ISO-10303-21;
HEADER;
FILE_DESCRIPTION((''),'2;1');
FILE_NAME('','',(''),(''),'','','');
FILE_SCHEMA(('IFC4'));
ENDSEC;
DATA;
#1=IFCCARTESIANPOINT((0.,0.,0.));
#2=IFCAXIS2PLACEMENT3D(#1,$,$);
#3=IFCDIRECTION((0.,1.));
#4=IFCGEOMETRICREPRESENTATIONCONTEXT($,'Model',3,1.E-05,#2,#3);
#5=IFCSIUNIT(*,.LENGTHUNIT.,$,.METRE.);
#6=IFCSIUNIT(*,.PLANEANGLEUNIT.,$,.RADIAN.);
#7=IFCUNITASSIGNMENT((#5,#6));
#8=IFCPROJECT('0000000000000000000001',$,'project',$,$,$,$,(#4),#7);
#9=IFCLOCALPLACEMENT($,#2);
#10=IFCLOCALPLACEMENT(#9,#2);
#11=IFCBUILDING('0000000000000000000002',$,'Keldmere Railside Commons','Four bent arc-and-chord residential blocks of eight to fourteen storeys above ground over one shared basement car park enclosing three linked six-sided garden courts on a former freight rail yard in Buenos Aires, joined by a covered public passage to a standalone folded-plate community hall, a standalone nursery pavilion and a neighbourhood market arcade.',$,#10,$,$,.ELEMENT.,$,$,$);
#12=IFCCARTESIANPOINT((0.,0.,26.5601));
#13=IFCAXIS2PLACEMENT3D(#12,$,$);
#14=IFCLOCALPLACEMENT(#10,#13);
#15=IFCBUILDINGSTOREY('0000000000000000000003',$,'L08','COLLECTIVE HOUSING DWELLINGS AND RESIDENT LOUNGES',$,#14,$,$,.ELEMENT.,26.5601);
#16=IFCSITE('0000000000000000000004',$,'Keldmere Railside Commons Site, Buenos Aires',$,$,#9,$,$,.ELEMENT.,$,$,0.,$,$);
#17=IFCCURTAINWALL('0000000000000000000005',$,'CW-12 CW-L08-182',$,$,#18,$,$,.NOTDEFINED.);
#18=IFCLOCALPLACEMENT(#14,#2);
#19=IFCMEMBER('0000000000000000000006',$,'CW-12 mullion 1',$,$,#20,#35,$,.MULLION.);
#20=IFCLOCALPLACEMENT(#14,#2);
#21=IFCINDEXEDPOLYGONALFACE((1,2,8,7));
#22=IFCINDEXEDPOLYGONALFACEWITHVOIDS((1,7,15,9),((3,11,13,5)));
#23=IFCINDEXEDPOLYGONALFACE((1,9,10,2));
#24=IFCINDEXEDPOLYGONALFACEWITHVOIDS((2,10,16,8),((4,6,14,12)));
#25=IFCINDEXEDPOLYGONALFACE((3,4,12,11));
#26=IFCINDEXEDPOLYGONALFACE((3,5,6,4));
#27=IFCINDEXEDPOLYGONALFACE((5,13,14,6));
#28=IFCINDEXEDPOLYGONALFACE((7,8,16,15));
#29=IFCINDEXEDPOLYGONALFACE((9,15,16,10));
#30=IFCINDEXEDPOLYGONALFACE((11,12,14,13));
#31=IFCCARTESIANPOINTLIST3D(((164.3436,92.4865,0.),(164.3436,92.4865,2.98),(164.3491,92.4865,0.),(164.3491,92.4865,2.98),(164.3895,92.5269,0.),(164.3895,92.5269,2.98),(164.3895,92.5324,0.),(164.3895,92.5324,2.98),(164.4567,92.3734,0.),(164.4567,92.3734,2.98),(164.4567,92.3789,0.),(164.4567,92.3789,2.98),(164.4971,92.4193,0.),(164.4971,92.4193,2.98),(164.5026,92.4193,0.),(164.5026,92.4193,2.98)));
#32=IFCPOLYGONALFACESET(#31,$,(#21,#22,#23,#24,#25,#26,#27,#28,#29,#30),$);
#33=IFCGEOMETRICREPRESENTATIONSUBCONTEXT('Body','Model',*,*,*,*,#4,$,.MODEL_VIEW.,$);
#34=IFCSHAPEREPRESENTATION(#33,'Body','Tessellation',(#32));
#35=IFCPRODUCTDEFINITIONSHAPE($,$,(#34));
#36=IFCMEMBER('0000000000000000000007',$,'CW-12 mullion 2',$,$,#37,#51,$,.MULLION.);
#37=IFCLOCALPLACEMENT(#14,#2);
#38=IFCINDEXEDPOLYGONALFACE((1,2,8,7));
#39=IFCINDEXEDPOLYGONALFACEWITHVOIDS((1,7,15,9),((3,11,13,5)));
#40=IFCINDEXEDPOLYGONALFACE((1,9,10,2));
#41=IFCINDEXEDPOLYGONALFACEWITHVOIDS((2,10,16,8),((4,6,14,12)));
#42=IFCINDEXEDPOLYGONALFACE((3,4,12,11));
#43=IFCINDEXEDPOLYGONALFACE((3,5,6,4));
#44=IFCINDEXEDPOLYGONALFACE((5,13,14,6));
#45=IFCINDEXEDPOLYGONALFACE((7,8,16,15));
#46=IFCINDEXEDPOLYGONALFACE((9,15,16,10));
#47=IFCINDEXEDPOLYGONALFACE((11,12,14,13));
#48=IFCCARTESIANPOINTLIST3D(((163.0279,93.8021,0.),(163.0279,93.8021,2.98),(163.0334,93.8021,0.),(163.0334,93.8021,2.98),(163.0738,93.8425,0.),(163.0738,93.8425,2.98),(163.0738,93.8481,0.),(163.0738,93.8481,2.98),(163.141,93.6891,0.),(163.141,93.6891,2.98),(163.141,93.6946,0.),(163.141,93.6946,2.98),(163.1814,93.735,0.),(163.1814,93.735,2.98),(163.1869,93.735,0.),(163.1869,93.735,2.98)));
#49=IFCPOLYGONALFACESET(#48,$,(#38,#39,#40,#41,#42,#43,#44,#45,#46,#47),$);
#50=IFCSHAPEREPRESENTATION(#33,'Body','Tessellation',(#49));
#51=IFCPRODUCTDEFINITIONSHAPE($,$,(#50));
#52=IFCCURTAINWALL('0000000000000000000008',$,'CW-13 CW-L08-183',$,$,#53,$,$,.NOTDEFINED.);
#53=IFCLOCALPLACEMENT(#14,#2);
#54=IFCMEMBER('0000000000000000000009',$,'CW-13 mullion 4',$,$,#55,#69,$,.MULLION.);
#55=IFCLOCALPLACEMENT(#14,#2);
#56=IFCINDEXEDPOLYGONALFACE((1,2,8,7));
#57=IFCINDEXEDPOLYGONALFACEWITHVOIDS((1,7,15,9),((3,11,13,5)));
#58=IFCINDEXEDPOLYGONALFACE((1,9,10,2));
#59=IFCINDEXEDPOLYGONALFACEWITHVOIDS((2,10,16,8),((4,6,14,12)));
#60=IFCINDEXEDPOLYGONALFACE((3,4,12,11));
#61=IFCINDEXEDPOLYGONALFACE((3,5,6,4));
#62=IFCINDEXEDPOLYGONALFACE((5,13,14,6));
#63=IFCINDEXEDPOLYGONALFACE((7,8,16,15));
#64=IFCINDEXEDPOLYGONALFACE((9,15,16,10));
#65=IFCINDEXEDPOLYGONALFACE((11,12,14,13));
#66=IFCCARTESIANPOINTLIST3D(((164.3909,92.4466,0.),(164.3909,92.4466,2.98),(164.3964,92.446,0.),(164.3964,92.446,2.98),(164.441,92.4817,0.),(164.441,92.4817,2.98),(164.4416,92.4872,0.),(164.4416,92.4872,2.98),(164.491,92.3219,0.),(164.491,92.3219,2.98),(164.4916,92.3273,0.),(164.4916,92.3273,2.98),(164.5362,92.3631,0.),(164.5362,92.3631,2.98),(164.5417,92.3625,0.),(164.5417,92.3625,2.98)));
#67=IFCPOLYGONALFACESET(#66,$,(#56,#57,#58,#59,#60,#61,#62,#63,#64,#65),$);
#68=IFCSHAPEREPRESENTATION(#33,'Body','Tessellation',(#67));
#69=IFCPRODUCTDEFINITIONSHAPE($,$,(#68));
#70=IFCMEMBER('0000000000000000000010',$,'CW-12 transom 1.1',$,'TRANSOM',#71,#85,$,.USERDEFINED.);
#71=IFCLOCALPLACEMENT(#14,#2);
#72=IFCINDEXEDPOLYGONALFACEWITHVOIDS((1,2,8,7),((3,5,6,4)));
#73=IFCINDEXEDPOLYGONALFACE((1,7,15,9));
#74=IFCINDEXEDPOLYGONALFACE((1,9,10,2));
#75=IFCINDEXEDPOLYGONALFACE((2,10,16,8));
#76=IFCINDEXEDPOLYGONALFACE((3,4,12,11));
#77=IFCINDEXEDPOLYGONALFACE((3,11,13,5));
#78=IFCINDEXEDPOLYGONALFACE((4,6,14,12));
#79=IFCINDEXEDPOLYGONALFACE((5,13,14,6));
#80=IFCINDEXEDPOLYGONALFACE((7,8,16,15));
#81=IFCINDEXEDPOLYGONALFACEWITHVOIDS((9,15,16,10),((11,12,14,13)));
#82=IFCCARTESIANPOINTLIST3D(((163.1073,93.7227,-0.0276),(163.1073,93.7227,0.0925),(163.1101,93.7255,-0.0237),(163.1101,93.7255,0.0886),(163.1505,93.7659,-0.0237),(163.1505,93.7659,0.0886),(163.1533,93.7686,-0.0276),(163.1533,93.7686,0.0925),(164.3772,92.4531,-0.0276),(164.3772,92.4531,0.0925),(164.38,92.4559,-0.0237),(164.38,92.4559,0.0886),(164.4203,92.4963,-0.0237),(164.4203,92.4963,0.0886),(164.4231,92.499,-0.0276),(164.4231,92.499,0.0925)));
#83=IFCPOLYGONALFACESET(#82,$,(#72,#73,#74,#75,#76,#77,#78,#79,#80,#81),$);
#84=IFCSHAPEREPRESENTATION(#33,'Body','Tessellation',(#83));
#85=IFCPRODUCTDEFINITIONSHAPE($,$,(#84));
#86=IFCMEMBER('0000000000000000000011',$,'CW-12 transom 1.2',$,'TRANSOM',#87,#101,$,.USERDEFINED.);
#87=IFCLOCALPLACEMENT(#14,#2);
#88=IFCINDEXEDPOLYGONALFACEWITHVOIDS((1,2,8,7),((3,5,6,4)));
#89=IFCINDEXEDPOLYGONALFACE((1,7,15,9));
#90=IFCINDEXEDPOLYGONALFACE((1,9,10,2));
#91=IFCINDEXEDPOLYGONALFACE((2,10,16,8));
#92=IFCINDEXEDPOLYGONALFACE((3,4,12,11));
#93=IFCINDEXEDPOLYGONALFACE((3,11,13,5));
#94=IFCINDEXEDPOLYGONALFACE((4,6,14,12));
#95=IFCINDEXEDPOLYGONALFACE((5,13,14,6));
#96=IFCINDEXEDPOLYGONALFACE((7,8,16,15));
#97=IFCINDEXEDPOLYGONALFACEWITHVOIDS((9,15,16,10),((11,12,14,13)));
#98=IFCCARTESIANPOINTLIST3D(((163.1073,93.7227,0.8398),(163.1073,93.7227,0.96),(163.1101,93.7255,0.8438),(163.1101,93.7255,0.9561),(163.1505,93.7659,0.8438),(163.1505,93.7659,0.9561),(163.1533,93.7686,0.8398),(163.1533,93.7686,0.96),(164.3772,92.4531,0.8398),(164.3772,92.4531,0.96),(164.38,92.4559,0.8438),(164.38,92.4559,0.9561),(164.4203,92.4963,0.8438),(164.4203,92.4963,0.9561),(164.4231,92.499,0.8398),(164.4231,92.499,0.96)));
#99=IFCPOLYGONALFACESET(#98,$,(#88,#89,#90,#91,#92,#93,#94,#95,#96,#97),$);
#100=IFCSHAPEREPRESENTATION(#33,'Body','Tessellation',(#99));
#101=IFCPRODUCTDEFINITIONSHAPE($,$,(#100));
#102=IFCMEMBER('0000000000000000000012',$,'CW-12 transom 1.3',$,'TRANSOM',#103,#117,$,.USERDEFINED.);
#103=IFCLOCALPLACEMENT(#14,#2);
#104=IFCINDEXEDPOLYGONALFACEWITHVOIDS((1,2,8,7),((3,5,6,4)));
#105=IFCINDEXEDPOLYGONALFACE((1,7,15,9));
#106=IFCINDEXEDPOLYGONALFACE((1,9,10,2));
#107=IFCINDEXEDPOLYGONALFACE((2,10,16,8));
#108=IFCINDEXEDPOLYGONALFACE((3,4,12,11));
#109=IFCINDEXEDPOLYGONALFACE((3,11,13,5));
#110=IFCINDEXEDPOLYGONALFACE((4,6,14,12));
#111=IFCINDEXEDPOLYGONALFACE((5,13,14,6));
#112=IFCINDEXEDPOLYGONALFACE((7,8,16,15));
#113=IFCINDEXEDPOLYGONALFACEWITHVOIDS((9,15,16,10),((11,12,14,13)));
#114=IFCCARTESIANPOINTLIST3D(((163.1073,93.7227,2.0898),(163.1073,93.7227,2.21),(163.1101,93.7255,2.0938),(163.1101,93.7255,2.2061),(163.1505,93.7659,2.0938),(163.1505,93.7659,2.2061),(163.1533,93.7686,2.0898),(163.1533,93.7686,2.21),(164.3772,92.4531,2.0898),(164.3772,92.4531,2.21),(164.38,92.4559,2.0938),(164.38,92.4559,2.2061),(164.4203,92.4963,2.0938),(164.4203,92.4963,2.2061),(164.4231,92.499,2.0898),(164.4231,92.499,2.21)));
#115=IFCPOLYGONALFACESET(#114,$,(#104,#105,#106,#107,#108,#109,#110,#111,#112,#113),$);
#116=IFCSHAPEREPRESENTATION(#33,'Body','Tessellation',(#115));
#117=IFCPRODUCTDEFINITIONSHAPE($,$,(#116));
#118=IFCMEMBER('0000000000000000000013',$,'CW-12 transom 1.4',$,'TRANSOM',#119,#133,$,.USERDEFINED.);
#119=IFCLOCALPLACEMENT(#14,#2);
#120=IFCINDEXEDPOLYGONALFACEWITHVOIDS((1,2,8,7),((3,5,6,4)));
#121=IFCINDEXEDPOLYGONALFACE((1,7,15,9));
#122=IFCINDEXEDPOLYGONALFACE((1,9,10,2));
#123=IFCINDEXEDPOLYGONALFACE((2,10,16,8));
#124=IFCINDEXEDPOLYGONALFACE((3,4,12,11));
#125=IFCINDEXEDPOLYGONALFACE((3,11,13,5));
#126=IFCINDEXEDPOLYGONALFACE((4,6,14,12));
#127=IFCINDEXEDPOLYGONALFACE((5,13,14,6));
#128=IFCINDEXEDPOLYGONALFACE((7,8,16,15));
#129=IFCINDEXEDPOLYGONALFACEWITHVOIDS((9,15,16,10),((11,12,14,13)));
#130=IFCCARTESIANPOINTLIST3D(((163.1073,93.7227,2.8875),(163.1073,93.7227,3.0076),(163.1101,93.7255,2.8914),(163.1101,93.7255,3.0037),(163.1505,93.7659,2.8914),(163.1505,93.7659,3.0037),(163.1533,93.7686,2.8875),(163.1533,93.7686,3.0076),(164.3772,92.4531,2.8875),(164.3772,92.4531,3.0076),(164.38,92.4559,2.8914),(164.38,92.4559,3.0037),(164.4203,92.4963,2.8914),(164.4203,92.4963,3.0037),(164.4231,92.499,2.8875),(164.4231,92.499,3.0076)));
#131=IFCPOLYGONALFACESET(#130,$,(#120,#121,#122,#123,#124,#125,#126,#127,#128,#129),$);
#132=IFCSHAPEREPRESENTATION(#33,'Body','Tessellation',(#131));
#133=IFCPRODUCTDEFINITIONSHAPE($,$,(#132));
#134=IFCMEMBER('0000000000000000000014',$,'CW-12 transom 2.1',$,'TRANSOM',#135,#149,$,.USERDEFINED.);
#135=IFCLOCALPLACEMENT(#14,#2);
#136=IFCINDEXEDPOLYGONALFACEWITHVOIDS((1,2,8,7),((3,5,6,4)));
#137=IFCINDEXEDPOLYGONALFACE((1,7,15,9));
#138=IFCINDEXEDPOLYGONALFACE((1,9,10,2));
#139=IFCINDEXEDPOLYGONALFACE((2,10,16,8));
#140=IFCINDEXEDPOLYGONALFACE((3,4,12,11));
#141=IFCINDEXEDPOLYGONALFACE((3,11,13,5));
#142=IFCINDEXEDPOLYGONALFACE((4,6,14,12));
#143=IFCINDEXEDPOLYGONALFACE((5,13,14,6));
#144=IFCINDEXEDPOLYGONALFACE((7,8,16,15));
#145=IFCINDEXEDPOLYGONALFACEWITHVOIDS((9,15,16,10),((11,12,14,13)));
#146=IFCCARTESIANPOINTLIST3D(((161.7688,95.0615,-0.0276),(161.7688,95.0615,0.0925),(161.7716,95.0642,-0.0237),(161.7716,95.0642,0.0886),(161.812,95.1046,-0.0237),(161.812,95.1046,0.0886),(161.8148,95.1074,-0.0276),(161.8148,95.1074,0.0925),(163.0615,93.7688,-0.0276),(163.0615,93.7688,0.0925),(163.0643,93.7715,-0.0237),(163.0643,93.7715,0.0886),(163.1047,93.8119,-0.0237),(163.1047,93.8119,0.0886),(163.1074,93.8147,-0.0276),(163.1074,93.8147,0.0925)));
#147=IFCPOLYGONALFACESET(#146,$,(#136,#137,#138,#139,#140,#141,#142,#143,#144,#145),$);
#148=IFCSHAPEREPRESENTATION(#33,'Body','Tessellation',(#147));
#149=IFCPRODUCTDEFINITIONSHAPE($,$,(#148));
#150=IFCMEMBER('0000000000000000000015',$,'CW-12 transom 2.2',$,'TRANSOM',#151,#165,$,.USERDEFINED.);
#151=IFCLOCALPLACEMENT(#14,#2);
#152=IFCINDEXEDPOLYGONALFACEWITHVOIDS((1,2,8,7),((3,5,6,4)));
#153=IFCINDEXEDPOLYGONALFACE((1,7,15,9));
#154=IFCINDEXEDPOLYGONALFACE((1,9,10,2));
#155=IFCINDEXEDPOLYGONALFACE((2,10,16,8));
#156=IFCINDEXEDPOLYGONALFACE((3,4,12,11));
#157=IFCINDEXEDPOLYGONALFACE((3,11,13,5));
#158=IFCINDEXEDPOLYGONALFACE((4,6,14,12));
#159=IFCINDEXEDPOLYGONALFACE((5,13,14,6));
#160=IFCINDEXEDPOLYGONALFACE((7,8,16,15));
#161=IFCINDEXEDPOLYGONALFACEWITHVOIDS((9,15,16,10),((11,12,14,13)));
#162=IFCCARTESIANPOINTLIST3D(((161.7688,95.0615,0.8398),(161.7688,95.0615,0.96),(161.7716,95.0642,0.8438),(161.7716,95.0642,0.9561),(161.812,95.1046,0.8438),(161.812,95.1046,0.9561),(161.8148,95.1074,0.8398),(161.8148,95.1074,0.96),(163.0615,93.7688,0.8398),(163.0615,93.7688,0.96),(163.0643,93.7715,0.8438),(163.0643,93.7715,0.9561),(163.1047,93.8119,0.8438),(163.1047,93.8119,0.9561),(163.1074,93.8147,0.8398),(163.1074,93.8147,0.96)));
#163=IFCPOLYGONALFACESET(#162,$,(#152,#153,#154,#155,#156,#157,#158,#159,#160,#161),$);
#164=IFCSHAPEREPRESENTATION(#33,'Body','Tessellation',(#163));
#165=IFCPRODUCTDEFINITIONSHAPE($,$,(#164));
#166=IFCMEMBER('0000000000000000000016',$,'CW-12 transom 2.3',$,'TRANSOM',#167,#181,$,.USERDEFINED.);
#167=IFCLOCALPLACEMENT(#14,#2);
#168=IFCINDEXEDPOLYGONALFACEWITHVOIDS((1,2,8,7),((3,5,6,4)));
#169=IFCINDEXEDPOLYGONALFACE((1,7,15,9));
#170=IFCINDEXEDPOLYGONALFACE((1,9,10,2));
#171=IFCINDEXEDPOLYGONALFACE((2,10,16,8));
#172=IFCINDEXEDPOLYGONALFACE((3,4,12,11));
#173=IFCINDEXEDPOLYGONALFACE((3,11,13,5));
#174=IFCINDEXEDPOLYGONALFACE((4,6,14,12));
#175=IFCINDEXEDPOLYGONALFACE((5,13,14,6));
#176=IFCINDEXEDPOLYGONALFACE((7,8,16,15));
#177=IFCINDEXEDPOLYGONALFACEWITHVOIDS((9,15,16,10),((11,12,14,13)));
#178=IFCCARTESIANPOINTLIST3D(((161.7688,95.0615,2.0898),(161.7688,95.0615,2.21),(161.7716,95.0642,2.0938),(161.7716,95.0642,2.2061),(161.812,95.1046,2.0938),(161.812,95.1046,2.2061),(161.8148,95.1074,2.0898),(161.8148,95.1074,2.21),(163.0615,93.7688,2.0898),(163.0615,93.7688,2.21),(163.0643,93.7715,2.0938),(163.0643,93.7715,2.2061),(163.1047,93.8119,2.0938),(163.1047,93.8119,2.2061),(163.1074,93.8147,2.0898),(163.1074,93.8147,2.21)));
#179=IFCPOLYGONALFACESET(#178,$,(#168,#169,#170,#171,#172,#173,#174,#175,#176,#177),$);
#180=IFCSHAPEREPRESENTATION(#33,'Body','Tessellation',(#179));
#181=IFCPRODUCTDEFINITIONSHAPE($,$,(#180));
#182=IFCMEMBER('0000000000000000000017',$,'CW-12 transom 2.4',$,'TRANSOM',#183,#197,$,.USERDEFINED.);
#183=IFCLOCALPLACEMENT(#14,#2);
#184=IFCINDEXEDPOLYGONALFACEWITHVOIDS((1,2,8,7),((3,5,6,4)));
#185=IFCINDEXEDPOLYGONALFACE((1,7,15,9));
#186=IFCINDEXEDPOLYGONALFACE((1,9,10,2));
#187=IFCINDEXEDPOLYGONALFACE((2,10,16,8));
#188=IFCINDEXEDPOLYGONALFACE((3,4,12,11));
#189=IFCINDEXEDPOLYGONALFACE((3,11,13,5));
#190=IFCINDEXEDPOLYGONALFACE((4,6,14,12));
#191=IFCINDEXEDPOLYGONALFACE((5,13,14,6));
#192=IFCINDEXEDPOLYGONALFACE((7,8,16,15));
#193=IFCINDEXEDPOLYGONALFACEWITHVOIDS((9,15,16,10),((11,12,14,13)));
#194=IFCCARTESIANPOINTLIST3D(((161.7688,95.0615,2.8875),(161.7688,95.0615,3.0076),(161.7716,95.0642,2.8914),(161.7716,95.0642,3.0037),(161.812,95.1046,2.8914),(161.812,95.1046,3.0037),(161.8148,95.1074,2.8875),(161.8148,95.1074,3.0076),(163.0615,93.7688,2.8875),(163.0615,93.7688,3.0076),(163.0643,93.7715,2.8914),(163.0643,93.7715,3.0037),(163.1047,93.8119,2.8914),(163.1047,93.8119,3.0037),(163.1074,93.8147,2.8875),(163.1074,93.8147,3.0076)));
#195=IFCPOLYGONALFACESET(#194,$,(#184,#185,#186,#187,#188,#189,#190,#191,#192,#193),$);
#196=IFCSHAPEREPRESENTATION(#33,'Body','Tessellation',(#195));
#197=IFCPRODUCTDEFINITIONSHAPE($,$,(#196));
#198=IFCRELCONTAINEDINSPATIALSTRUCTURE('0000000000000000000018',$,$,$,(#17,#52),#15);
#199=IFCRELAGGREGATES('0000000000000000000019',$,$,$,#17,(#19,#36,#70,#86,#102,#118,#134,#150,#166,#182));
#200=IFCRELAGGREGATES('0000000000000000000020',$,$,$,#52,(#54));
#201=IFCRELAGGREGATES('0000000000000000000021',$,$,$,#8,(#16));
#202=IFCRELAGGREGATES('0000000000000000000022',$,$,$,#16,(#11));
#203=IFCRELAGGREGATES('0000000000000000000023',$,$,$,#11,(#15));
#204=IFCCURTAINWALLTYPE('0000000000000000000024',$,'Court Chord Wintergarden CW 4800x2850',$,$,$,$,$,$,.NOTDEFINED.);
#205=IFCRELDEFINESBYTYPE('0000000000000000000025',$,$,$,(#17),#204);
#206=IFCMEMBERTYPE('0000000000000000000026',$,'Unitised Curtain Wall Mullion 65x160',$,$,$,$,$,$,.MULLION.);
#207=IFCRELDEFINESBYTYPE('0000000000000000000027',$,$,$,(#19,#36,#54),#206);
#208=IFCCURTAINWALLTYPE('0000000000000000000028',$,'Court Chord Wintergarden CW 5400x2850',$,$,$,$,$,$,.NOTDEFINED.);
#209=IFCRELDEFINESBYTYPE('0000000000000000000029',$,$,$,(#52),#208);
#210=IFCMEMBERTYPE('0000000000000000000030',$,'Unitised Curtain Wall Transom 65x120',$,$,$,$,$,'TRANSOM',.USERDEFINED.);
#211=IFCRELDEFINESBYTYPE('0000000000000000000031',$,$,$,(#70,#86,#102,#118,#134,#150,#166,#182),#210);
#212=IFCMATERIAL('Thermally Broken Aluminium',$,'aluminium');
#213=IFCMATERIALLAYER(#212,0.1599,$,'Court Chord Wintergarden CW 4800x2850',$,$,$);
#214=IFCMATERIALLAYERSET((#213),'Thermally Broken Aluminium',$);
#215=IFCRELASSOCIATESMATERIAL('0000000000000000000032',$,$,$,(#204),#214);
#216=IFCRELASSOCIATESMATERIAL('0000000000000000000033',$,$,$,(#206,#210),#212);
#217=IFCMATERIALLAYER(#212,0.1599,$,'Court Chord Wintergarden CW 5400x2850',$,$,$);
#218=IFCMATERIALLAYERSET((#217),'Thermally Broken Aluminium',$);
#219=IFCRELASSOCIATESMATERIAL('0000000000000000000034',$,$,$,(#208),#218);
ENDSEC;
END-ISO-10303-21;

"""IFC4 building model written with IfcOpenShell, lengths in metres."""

from ifc_helpers import new_model, si_unit, direction, frame, origin, origin_2d, place, context, subcontext, project, spatial, hollow_rectangle, extrude, material, layer, layer_set, material_profile, profile_set, type_object, element, aggregate, save


model = new_model("IFC4")

# Units and contexts
model_context = context("Model", 3, precision=1e-05, world=origin(), true_north=direction((0.0, 1.0)))
body_context = subcontext(model_context, "Body", "Model", "MODEL_VIEW")
ifc_project = project(units=[si_unit("LENGTHUNIT", "METRE"), si_unit("PLANEANGLEUNIT", "RADIAN")], contexts=[model_context])

# Site, building, storey
site_placement = place(None, origin())
site = spatial("IfcSite", under=ifc_project, at=site_placement, Name="Keldmere Railside Commons Site, Buenos Aires", CompositionType="ELEMENT", RefElevation=0.0)
building_placement = place(site_placement, origin())
building = spatial("IfcBuilding", under=site, at=building_placement, Name="Keldmere Railside Commons", Description="Four bent arc-and-chord residential blocks of eight to fourteen storeys above ground over one shared basement car park enclosing three linked six-sided garden courts on a former freight rail yard in Buenos Aires, joined by a covered public passage to a standalone folded-plate community hall, a standalone nursery pavilion and a neighbourhood market arcade.", CompositionType="ELEMENT")
storey_placement = place(building_placement, frame((0.0, 0.0, 26.5601)))
storey = spatial("IfcBuildingStorey", under=building, at=storey_placement, Name="L08", Description="COLLECTIVE HOUSING DWELLINGS AND RESIDENT LOUNGES", CompositionType="ELEMENT", Elevation=26.5601)

# Curtain wall, members
ifc_material_1 = material(Name="Thermally Broken Aluminium", Category="aluminium")
ifc_layer_1 = layer(ifc_material_1, 0.1599, Name="Court Chord Wintergarden CW 4800x2850")
ifc_layer_set_1 = layer_set([ifc_layer_1], Name="Thermally Broken Aluminium")
curtain_wall_type_1 = type_object("IfcCurtainWallType", Name="Court Chord Wintergarden CW 4800x2850", PredefinedType="NOTDEFINED", material=ifc_layer_set_1)
curtain_wall_1_placement = place(storey_placement, origin())
curtain_wall_1 = element("IfcCurtainWall", 1, at=curtain_wall_1_placement, inside=storey, type_object=curtain_wall_type_1, Name="CW-12 CW-L08-182", PredefinedType="NOTDEFINED")
ifc_material_profile_1 = material_profile(ifc_material_1, hollow_rectangle(XDim=0.0649, YDim=0.1599, WallThickness=0.0039, at=origin_2d()), Name="ALU-MULL-65x160")
ifc_profile_set_1 = profile_set([ifc_material_profile_1], Name="Thermally Broken Aluminium")
member_type_1 = type_object("IfcMemberType", Name="Unitised Curtain Wall Mullion 65x160", PredefinedType="MULLION", material=ifc_profile_set_1)
member_1_placement = place(storey_placement, frame((164.4231, 92.4529, 0.0), z_axis=(0.0, 0.0, 1.0), x_axis=(-0.707107, -0.707107, 0.0)))
member_1 = element("IfcMember", 2, at=member_1_placement, type_object=member_type_1, Name="CW-12 mullion 1", PredefinedType="MULLION", context=body_context, shape_type="SweptSolid", body=[
    extrude(hollow_rectangle(XDim=0.0649, YDim=0.1599, WallThickness=0.0039, at=origin_2d()), origin(), (0.0, 0.0, 1.0), 2.98),
])
member_2_placement = place(storey_placement, frame((163.1074, 93.7686, 0.0), z_axis=(0.0, 0.0, 1.0), x_axis=(-0.707107, -0.707107, 0.0)))
member_2 = element("IfcMember", 3, at=member_2_placement, type_object=member_type_1, Name="CW-12 mullion 2", PredefinedType="MULLION", context=body_context, shape_type="SweptSolid", body=[
    extrude(hollow_rectangle(XDim=0.0649, YDim=0.1599, WallThickness=0.0039, at=origin_2d()), origin(), (0.0, 0.0, 1.0), 2.98),
])

# Curtain wall, member
ifc_layer_2 = layer(ifc_material_1, 0.1599, Name="Court Chord Wintergarden CW 5400x2850")
ifc_layer_set_2 = layer_set([ifc_layer_2], Name="Thermally Broken Aluminium")
curtain_wall_type_2 = type_object("IfcCurtainWallType", Name="Court Chord Wintergarden CW 5400x2850", PredefinedType="NOTDEFINED", material=ifc_layer_set_2)
curtain_wall_2_placement = place(storey_placement, origin())
curtain_wall_2 = element("IfcCurtainWall", 4, at=curtain_wall_2_placement, inside=storey, type_object=curtain_wall_type_2, Name="CW-13 CW-L08-183", PredefinedType="NOTDEFINED")
member_3_placement = place(storey_placement, frame((164.4663, 92.4045, 0.0), z_axis=(0.0, 0.0, 1.0), x_axis=(-0.780009, -0.625768, 0.0)))
member_3 = element("IfcMember", 5, at=member_3_placement, type_object=member_type_1, Name="CW-13 mullion 4", PredefinedType="MULLION", context=body_context, shape_type="SweptSolid", body=[
    extrude(hollow_rectangle(XDim=0.0649, YDim=0.1599, WallThickness=0.0039, at=origin_2d()), origin(), (0.0, 0.0, 1.0), 2.98),
])

# Members
ifc_material_profile_2 = material_profile(ifc_material_1, hollow_rectangle(XDim=0.0649, YDim=0.1201, WallThickness=0.0039, at=origin_2d()), Name="ALU-TRAN-65x120")
ifc_profile_set_2 = profile_set([ifc_material_profile_2], Name="Thermally Broken Aluminium")
member_type_2 = type_object("IfcMemberType", Name="Unitised Curtain Wall Transom 65x120", ElementType="TRANSOM", PredefinedType="USERDEFINED", material=ifc_profile_set_2)
member_4_placement = place(storey_placement, frame((164.4001, 92.4761, 0.0325), z_axis=(-0.707175, 0.707039, 0.0), x_axis=(-0.707039, -0.707175, 0.0)))
member_4 = element("IfcMember", 6, at=member_4_placement, type_object=member_type_2, Name="CW-12 transom 1.1", ObjectType="TRANSOM", PredefinedType="USERDEFINED", context=body_context, shape_type="SweptSolid", body=[
    extrude(hollow_rectangle(XDim=0.0649, YDim=0.1201, WallThickness=0.0039, at=origin_2d()), origin(), (0.0, 0.0, 1.0), 1.7957),
])
member_5_placement = place(storey_placement, frame((164.4001, 92.4761, 0.8999), z_axis=(-0.707175, 0.707039, 0.0), x_axis=(-0.707039, -0.707175, 0.0)))
member_5 = element("IfcMember", 7, at=member_5_placement, type_object=member_type_2, Name="CW-12 transom 1.2", ObjectType="TRANSOM", PredefinedType="USERDEFINED", context=body_context, shape_type="SweptSolid", body=[
    extrude(hollow_rectangle(XDim=0.0649, YDim=0.1201, WallThickness=0.0039, at=origin_2d()), origin(), (0.0, 0.0, 1.0), 1.7957),
])
member_6_placement = place(storey_placement, frame((164.4001, 92.4761, 2.1499), z_axis=(-0.707175, 0.707039, 0.0), x_axis=(-0.707039, -0.707175, 0.0)))
member_6 = element("IfcMember", 8, at=member_6_placement, type_object=member_type_2, Name="CW-12 transom 1.3", ObjectType="TRANSOM", PredefinedType="USERDEFINED", context=body_context, shape_type="SweptSolid", body=[
    extrude(hollow_rectangle(XDim=0.0649, YDim=0.1201, WallThickness=0.0039, at=origin_2d()), origin(), (0.0, 0.0, 1.0), 1.7957),
])
member_7_placement = place(storey_placement, frame((164.4001, 92.4761, 2.9475), z_axis=(-0.707175, 0.707039, 0.0), x_axis=(-0.707039, -0.707175, 0.0)))
member_7 = element("IfcMember", 9, at=member_7_placement, type_object=member_type_2, Name="CW-12 transom 1.4", ObjectType="TRANSOM", PredefinedType="USERDEFINED", context=body_context, shape_type="SweptSolid", body=[
    extrude(hollow_rectangle(XDim=0.0649, YDim=0.1201, WallThickness=0.0039, at=origin_2d()), origin(), (0.0, 0.0, 1.0), 1.7957),
])
member_8_placement = place(storey_placement, frame((163.0845, 93.7917, 0.0325), z_axis=(-0.707107, 0.707107, 0.0), x_axis=(-0.707107, -0.707107, 0.0)))
member_8 = element("IfcMember", 10, at=member_8_placement, type_object=member_type_2, Name="CW-12 transom 2.1", ObjectType="TRANSOM", PredefinedType="USERDEFINED", context=body_context, shape_type="SweptSolid", body=[
    extrude(hollow_rectangle(XDim=0.0649, YDim=0.1201, WallThickness=0.0039, at=origin_2d()), origin(), (0.0, 0.0, 1.0), 1.8281),
])
member_9_placement = place(storey_placement, frame((163.0845, 93.7917, 0.8999), z_axis=(-0.707107, 0.707107, 0.0), x_axis=(-0.707107, -0.707107, 0.0)))
member_9 = element("IfcMember", 11, at=member_9_placement, type_object=member_type_2, Name="CW-12 transom 2.2", ObjectType="TRANSOM", PredefinedType="USERDEFINED", context=body_context, shape_type="SweptSolid", body=[
    extrude(hollow_rectangle(XDim=0.0649, YDim=0.1201, WallThickness=0.0039, at=origin_2d()), origin(), (0.0, 0.0, 1.0), 1.8281),
])
member_10_placement = place(storey_placement, frame((163.0845, 93.7917, 2.1499), z_axis=(-0.707107, 0.707107, 0.0), x_axis=(-0.707107, -0.707107, 0.0)))
member_10 = element("IfcMember", 12, at=member_10_placement, type_object=member_type_2, Name="CW-12 transom 2.3", ObjectType="TRANSOM", PredefinedType="USERDEFINED", context=body_context, shape_type="SweptSolid", body=[
    extrude(hollow_rectangle(XDim=0.0649, YDim=0.1201, WallThickness=0.0039, at=origin_2d()), origin(), (0.0, 0.0, 1.0), 1.8281),
])
member_11_placement = place(storey_placement, frame((163.0845, 93.7917, 2.9475), z_axis=(-0.707107, 0.707107, 0.0), x_axis=(-0.707107, -0.707107, 0.0)))
member_11 = element("IfcMember", 13, at=member_11_placement, type_object=member_type_2, Name="CW-12 transom 2.4", ObjectType="TRANSOM", PredefinedType="USERDEFINED", context=body_context, shape_type="SweptSolid", body=[
    extrude(hollow_rectangle(XDim=0.0649, YDim=0.1201, WallThickness=0.0039, at=origin_2d()), origin(), (0.0, 0.0, 1.0), 1.8281),
])

aggregate(curtain_wall_1, [member_1, member_2, member_4, member_5, member_6, member_7, member_8, member_9, member_10, member_11])
aggregate(curtain_wall_2, [member_3])

save(model, "model.ifc")
